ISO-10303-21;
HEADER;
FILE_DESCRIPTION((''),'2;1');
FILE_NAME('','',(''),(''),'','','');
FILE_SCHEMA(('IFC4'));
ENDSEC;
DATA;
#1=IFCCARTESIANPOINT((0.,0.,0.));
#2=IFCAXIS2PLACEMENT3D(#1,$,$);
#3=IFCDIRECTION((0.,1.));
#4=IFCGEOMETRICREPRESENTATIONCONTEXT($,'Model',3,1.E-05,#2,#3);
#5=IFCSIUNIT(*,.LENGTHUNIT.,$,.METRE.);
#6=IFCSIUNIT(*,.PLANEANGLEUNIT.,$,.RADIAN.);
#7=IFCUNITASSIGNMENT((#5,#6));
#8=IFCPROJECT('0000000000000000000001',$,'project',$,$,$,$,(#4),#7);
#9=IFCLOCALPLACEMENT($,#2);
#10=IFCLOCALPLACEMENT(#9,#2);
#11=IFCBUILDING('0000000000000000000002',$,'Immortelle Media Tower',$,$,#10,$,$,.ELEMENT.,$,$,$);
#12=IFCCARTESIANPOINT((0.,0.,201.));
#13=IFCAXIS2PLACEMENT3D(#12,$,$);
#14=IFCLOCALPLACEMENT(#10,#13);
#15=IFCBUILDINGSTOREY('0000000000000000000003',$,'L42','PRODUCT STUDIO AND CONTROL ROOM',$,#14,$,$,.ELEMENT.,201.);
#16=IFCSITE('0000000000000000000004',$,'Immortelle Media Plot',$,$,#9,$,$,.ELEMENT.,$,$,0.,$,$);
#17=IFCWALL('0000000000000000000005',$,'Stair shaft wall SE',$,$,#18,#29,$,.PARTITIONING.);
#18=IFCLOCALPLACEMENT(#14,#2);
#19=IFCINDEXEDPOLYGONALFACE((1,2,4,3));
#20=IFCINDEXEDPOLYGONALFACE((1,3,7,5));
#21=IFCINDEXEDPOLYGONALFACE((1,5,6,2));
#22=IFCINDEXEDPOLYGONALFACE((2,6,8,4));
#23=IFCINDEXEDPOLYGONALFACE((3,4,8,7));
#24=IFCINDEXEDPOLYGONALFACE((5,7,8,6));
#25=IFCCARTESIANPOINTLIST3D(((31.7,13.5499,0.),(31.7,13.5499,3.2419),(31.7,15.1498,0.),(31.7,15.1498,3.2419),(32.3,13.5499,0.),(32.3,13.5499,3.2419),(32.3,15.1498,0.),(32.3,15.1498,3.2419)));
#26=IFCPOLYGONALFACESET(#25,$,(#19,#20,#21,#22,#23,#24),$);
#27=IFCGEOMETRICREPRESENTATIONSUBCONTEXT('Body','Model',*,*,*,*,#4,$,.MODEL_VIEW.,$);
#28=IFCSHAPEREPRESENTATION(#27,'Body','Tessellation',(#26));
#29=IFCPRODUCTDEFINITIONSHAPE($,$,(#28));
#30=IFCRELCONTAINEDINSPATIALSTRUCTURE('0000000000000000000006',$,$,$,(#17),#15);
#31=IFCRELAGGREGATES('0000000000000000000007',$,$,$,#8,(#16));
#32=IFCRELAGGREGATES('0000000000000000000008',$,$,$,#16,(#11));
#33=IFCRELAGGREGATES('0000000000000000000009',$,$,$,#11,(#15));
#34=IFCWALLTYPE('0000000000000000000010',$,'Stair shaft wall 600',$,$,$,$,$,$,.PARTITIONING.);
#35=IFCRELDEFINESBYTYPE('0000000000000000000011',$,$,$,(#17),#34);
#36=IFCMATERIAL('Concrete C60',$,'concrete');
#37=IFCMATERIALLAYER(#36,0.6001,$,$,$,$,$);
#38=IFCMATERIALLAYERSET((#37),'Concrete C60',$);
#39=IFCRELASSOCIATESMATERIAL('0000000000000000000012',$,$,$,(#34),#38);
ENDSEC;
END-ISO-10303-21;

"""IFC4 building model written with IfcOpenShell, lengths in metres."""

from ifc_helpers import new_model, si_unit, direction, frame, frame_2d, origin, place, context, subcontext, project, spatial, rectangle, extrude, material, layer, layer_set, type_object, element, save


model = new_model("IFC4")

# Units and contexts
model_context = context("Model", 3, precision=1e-05, world=origin(), true_north=direction((0.0, 1.0)))
body_context = subcontext(model_context, "Body", "Model", "MODEL_VIEW")
ifc_project = project(units=[si_unit("LENGTHUNIT", "METRE"), si_unit("PLANEANGLEUNIT", "RADIAN")], contexts=[model_context])

# Site, building, storey
site_placement = place(None, origin())
site = spatial("IfcSite", under=ifc_project, at=site_placement, Name="Immortelle Media Plot", CompositionType="ELEMENT", RefElevation=0.0)
building_placement = place(site_placement, origin())
building = spatial("IfcBuilding", under=site, at=building_placement, Name="Immortelle Media Tower", CompositionType="ELEMENT")
storey_placement = place(building_placement, frame((0.0, 0.0, 201.0)))
storey = spatial("IfcBuildingStorey", under=building, at=storey_placement, Name="L42", Description="PRODUCT STUDIO AND CONTROL ROOM", CompositionType="ELEMENT", Elevation=201.0)

# Shared definitions
ifc_material_1 = material(Name="Concrete C60", Category="concrete")

# Wall
ifc_layer_1 = layer(ifc_material_1, 0.6001)
ifc_layer_set_1 = layer_set([ifc_layer_1], Name="Concrete C60")
wall_type_1 = type_object("IfcWallType", Name="Stair shaft wall 600", PredefinedType="PARTITIONING", material=ifc_layer_set_1)
wall_1_placement = place(storey_placement, frame((32.0, 13.55, 0.0), z_axis=(0.0, 0.0, 1.0), x_axis=(0.0, 1.0, 0.0)))
element("IfcWall", 1, at=wall_1_placement, inside=storey, type_object=wall_type_1, Name="Stair shaft wall SE", PredefinedType="PARTITIONING", context=body_context, shape_type="SweptSolid", body=[
    extrude(rectangle(XDim=1.5999, YDim=0.6001, at=frame_2d((0.7998, 0.0))), origin(), (0.0, 0.0, 1.0), 3.2419),
])

save(model, "model.ifc")
